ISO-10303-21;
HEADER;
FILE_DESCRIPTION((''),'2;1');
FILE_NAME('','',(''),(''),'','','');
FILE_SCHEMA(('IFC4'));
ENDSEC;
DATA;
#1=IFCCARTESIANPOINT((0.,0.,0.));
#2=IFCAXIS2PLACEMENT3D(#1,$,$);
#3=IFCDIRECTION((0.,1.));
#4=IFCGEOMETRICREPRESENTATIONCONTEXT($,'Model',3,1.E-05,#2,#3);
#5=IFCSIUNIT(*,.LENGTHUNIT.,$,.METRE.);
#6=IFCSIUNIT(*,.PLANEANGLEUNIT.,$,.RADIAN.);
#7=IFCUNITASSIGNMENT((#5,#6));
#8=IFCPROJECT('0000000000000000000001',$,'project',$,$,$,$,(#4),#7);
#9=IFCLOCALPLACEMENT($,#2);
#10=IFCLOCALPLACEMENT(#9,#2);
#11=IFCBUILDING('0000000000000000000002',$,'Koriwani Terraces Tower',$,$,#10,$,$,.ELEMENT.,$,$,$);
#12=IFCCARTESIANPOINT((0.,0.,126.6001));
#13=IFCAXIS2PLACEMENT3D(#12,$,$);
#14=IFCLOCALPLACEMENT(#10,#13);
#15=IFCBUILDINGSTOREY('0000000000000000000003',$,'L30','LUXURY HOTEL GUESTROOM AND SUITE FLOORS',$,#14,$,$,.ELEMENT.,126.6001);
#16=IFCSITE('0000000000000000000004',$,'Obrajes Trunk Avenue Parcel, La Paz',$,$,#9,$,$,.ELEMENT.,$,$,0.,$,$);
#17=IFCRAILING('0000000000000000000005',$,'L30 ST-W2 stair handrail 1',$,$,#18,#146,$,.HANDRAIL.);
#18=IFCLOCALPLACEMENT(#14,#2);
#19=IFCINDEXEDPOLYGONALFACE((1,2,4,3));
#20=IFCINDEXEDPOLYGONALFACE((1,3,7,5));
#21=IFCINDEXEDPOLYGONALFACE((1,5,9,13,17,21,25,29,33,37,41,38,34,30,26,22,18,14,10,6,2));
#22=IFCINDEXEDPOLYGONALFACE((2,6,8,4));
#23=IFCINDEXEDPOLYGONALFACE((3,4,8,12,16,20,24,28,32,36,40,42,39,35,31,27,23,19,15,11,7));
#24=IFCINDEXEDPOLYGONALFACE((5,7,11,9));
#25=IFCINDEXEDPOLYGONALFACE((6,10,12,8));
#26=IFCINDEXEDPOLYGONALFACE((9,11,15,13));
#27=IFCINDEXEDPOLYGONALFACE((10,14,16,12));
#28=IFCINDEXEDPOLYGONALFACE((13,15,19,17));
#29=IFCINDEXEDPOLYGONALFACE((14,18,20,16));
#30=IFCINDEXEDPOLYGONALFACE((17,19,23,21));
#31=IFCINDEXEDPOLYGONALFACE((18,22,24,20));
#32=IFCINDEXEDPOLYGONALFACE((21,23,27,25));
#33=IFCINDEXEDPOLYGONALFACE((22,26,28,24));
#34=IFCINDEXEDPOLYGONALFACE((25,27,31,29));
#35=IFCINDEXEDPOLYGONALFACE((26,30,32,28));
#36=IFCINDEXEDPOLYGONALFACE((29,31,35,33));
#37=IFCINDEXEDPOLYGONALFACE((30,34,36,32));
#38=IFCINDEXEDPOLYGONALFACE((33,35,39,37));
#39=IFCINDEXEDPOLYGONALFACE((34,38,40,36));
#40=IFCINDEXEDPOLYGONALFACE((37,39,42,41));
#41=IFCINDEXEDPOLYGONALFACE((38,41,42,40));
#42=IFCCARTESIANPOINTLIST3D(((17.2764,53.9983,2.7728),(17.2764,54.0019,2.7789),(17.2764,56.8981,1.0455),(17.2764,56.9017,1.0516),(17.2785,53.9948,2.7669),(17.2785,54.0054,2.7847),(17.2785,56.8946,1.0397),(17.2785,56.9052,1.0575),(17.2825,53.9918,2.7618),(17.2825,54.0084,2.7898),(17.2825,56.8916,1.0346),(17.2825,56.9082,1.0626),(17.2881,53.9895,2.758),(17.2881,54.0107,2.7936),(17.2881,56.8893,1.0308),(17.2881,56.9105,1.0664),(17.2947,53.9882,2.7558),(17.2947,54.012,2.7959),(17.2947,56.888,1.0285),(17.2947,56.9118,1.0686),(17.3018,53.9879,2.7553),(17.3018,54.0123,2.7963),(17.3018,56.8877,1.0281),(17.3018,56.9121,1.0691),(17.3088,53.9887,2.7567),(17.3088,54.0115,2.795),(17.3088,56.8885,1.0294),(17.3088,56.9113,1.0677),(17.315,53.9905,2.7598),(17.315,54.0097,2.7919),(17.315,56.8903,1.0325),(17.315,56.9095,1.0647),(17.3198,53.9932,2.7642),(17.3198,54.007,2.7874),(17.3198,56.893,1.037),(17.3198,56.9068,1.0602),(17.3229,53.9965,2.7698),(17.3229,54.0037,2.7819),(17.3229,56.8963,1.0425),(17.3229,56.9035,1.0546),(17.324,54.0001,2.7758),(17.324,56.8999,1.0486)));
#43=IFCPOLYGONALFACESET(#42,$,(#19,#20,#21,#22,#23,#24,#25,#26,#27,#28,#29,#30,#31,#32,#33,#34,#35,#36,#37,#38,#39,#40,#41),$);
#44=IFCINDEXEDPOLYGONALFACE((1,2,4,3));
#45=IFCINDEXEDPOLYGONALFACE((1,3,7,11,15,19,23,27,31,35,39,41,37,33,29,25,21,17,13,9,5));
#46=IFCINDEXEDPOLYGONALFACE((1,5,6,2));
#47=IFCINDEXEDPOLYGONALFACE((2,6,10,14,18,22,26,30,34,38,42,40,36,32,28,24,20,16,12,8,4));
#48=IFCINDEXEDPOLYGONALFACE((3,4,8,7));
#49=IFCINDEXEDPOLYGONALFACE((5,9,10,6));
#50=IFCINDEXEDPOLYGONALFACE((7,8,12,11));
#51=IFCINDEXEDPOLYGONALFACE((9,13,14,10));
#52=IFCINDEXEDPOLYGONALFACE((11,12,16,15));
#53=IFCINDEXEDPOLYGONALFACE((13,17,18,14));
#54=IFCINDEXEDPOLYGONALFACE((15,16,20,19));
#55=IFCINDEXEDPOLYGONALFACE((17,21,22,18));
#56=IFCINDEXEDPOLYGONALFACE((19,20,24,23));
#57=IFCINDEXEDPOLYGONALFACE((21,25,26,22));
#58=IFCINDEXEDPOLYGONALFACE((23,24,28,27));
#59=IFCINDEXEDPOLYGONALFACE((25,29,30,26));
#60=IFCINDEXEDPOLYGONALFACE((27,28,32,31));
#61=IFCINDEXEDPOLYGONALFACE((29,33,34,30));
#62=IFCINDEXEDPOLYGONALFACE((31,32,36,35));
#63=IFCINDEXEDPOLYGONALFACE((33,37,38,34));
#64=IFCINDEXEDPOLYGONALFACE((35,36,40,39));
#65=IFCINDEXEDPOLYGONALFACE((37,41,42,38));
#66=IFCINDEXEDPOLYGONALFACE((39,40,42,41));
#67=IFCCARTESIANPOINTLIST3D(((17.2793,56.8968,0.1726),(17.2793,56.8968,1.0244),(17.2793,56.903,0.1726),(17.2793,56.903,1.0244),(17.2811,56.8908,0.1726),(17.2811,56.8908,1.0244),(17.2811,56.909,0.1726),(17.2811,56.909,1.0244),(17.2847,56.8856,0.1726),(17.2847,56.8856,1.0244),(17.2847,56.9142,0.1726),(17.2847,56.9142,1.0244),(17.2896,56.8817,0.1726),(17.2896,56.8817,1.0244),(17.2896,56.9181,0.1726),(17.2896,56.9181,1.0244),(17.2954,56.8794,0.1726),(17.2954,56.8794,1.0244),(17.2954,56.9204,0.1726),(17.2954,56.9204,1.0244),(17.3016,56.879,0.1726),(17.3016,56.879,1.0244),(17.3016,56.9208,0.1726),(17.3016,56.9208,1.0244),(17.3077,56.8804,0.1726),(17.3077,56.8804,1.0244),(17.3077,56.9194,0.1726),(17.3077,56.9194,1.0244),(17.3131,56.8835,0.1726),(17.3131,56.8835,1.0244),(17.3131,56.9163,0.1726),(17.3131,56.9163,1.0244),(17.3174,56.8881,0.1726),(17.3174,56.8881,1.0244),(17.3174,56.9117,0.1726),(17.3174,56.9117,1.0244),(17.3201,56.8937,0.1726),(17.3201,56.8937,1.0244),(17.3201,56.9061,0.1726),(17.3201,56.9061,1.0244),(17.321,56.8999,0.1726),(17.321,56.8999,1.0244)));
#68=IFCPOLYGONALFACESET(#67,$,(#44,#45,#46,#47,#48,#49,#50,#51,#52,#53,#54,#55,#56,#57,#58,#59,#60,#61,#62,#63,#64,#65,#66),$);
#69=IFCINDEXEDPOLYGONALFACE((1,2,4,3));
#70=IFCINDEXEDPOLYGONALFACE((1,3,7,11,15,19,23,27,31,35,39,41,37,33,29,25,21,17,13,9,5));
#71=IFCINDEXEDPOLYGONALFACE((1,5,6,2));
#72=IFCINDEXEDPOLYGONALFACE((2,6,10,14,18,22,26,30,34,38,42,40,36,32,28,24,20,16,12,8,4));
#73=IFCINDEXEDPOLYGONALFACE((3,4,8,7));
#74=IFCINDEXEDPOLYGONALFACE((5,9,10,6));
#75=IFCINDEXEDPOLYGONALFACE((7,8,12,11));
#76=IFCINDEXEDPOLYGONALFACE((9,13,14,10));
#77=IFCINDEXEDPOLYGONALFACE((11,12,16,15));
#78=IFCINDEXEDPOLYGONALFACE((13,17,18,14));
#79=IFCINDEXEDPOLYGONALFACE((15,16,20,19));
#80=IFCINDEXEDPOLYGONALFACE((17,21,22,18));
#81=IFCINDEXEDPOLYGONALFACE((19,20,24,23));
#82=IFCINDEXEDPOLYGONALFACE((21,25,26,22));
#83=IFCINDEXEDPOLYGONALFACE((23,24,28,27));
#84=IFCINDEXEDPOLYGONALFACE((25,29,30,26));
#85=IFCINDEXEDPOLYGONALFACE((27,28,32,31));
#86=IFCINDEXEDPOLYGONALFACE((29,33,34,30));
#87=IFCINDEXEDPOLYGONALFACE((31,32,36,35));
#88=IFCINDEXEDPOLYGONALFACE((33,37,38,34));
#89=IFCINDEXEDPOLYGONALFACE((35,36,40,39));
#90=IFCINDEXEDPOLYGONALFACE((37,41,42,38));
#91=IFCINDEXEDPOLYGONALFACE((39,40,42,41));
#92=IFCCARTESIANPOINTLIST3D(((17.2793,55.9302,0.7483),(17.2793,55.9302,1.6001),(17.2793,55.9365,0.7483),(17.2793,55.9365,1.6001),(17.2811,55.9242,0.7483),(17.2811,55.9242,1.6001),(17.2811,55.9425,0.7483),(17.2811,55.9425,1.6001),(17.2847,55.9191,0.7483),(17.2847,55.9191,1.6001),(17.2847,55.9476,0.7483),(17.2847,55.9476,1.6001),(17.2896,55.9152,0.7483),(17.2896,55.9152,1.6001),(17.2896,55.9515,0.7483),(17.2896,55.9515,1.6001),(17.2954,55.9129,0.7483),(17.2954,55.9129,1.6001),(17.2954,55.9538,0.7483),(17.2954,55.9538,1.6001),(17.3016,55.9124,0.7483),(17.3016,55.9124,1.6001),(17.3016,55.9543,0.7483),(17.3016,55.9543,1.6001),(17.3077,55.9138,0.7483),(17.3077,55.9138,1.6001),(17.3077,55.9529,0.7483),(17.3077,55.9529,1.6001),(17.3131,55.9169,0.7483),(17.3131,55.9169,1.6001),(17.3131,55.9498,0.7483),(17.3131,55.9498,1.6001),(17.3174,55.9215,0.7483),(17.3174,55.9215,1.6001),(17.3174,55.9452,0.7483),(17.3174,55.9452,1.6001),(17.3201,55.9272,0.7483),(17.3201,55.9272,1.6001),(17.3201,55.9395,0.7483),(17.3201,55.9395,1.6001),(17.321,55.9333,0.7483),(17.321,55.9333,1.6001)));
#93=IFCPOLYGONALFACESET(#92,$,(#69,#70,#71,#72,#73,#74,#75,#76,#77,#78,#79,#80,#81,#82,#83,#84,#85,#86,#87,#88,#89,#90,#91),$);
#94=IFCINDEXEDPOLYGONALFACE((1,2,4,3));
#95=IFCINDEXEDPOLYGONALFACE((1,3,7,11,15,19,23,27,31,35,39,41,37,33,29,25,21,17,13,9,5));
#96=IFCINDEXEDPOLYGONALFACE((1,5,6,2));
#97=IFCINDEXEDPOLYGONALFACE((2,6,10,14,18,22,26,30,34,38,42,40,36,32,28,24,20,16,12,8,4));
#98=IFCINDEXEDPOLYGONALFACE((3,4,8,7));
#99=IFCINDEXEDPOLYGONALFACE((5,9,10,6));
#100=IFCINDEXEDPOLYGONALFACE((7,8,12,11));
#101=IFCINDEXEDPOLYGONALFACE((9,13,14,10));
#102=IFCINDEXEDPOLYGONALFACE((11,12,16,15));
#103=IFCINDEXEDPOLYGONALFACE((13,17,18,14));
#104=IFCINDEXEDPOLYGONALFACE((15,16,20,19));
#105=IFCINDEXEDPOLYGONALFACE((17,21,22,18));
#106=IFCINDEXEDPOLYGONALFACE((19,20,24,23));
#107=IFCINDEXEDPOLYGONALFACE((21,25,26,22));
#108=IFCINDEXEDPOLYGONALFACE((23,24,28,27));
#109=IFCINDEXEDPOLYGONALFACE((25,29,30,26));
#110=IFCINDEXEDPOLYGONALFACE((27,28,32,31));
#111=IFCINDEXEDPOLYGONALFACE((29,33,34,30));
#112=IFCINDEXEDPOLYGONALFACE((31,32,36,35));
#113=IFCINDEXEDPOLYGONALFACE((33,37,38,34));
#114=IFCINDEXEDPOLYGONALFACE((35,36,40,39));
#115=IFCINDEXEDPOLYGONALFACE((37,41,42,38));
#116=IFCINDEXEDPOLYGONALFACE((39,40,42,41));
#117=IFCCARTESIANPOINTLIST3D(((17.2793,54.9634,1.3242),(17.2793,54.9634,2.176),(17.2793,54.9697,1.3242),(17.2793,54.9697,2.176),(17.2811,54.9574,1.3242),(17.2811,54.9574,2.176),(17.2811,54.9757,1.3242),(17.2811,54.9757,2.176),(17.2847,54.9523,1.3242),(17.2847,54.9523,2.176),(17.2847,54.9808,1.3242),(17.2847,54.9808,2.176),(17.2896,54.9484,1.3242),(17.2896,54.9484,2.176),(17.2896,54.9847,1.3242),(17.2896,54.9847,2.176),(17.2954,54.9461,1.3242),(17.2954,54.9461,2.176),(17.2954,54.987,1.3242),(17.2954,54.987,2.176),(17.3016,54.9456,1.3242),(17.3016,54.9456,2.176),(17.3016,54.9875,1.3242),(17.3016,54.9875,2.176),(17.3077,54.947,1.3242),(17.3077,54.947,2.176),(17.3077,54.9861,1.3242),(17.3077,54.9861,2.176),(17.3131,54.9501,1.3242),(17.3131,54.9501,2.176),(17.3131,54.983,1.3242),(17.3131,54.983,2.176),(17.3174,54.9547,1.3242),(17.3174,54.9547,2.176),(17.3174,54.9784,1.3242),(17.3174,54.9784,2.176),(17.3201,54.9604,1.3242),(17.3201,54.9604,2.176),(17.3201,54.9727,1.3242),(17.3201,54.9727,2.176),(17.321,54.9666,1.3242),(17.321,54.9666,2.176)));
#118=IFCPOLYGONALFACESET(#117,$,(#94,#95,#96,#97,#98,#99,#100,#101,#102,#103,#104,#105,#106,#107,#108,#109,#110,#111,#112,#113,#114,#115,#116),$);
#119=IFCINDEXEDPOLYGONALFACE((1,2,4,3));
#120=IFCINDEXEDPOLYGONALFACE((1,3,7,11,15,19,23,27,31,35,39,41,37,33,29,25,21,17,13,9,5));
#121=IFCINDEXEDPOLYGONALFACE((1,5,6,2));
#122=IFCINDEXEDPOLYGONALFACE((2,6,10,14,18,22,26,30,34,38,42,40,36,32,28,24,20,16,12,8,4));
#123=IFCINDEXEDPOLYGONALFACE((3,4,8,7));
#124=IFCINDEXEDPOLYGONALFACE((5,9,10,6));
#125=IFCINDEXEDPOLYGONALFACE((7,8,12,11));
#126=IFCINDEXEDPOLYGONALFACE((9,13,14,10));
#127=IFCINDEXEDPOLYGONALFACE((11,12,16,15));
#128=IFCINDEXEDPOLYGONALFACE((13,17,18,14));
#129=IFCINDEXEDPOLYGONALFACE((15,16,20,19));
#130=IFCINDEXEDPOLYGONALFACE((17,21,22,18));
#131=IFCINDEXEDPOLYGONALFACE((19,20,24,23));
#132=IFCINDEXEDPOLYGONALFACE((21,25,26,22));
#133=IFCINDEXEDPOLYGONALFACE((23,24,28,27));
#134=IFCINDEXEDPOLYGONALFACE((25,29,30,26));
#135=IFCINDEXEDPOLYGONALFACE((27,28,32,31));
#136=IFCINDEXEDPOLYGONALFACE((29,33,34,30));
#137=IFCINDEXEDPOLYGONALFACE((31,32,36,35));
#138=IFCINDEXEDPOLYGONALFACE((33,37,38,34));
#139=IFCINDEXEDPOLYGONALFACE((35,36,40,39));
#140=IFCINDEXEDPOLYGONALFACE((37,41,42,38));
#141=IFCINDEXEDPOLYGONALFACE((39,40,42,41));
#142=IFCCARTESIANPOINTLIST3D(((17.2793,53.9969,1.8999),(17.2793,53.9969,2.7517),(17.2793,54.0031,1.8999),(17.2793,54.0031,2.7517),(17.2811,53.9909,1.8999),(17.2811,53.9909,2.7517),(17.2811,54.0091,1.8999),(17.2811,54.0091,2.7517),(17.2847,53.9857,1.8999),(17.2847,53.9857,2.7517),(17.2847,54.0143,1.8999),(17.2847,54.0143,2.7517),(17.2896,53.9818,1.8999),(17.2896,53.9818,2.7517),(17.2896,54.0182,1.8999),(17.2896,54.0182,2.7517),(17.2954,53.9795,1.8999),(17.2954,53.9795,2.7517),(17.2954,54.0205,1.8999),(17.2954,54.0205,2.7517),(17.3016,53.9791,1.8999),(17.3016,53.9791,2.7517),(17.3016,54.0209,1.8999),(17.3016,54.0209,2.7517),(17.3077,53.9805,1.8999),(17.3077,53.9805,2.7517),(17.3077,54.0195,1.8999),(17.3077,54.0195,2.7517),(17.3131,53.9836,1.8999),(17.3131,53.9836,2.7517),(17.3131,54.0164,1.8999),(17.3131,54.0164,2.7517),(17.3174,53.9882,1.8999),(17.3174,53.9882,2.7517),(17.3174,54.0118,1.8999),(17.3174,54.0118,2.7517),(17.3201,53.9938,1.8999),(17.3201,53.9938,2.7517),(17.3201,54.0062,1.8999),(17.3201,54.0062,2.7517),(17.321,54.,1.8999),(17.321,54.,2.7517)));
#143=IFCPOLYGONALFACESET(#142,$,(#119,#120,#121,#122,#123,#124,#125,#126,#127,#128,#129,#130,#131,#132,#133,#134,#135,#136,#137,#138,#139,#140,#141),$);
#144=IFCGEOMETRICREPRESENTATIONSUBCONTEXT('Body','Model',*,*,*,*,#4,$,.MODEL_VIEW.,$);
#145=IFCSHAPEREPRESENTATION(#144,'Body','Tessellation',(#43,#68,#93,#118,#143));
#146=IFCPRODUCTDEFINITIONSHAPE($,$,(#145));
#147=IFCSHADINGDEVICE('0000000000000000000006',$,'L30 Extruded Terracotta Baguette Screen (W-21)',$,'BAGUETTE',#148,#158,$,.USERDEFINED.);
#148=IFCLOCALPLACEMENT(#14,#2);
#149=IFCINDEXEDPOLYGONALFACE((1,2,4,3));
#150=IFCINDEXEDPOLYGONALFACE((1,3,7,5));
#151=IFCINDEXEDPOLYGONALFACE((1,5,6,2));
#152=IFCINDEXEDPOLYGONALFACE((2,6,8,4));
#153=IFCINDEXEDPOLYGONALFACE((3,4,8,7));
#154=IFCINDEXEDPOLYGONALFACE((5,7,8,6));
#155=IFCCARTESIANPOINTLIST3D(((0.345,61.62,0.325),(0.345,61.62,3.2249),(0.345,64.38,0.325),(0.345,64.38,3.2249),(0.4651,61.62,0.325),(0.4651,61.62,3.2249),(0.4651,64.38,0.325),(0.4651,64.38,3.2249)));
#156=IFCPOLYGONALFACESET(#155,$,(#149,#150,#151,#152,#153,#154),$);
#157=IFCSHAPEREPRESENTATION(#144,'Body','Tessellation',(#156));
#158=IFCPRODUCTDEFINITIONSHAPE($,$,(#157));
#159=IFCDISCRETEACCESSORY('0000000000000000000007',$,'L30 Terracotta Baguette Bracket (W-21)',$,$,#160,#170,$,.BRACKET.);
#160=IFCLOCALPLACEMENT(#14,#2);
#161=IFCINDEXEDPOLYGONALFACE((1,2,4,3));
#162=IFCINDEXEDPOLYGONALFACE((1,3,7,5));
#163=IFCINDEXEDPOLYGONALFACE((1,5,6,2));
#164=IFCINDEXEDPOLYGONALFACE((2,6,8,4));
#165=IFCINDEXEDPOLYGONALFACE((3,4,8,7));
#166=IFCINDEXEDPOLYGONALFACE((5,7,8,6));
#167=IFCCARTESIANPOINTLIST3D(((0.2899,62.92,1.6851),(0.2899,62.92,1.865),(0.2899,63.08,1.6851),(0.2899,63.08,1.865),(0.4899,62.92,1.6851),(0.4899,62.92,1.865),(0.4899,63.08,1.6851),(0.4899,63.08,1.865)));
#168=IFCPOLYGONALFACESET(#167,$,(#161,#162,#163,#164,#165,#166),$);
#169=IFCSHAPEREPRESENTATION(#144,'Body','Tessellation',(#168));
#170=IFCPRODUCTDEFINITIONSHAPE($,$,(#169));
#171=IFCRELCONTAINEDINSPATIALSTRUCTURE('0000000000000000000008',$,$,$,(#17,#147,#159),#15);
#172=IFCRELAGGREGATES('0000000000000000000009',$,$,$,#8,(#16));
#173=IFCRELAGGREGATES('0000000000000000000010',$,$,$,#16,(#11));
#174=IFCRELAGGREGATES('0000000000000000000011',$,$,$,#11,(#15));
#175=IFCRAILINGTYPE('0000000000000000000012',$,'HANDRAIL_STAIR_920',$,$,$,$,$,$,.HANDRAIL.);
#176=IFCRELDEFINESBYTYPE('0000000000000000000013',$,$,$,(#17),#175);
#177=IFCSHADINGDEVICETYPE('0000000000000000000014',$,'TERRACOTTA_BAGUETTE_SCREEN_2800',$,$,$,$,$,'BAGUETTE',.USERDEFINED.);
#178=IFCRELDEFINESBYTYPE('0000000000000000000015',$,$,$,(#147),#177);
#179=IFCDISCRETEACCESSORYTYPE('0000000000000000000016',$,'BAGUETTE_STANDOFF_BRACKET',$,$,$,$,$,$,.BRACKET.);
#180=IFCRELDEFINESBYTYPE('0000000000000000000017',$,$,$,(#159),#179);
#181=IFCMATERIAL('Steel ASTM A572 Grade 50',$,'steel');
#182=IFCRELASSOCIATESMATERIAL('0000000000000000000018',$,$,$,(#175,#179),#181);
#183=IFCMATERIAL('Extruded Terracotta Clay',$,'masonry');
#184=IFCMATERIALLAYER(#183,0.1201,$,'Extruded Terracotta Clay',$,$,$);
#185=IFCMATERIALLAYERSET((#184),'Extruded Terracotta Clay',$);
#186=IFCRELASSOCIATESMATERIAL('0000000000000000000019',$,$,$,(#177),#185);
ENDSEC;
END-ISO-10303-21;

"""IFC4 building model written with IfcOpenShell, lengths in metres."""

from ifc_helpers import new_model, si_unit, direction, frame, origin, origin_2d, place, context, subcontext, project, spatial, rectangle, circle, extrude, material, layer, layer_set, type_object, element, save


model = new_model("IFC4")

# Units and contexts
model_context = context("Model", 3, precision=1e-05, world=origin(), true_north=direction((0.0, 1.0)))
body_context = subcontext(model_context, "Body", "Model", "MODEL_VIEW")
ifc_project = project(units=[si_unit("LENGTHUNIT", "METRE"), si_unit("PLANEANGLEUNIT", "RADIAN")], contexts=[model_context])

# Site, building, storey
site_placement = place(None, origin())
site = spatial("IfcSite", under=ifc_project, at=site_placement, Name="Obrajes Trunk Avenue Parcel, La Paz", CompositionType="ELEMENT", RefElevation=0.0)
building_placement = place(site_placement, origin())
building = spatial("IfcBuilding", under=site, at=building_placement, Name="Koriwani Terraces Tower", CompositionType="ELEMENT")
storey_placement = place(building_placement, frame((0.0, 0.0, 126.6001)))
storey = spatial("IfcBuildingStorey", under=building, at=storey_placement, Name="L30", Description="LUXURY HOTEL GUESTROOM AND SUITE FLOORS", CompositionType="ELEMENT", Elevation=126.6001)

# Shared definitions
ifc_material_1 = material(Name="Steel ASTM A572 Grade 50", Category="steel")

# Railing
railing_type = type_object("IfcRailingType", Name="HANDRAIL_STAIR_920", PredefinedType="HANDRAIL", material=ifc_material_1)
railing_placement = place(storey_placement, frame((17.3, 56.8999, 0.1726)))
element("IfcRailing", 1, at=railing_placement, inside=storey, type_object=railing_type, Name="L30 ST-W2 stair handrail 1", PredefinedType="HANDRAIL", context=body_context, shape_type="SweptSolid", body=[
    extrude(circle(Radius=0.0239, at=origin_2d()), frame((0.0, 0.0, 0.876), z_axis=(0.0, -0.859141, 0.511738), x_axis=(1.0, 0.0, 0.0)), (0.0, 0.0, 1.0), 3.3752),
    extrude(circle(Radius=0.021, at=origin_2d()), origin(), (0.0, 0.0, 1.0), 0.8518),
    extrude(circle(Radius=0.021, at=origin_2d()), frame((0.0, -0.9666, 0.5757)), (0.0, 0.0, 1.0), 0.8518),
    extrude(circle(Radius=0.021, at=origin_2d()), frame((0.0, -1.9333, 1.1516)), (0.0, 0.0, 1.0), 0.8518),
    extrude(circle(Radius=0.021, at=origin_2d()), frame((0.0, -2.8999, 1.7273)), (0.0, 0.0, 1.0), 0.8518),
])

# Shading device
ifc_material_2 = material(Name="Extruded Terracotta Clay", Category="masonry")
ifc_layer_1 = layer(ifc_material_2, 0.1201, Name="Extruded Terracotta Clay")
ifc_layer_set_1 = layer_set([ifc_layer_1], Name="Extruded Terracotta Clay")
shading_device_type = type_object("IfcShadingDeviceType", Name="TERRACOTTA_BAGUETTE_SCREEN_2800", ElementType="BAGUETTE", PredefinedType="USERDEFINED", material=ifc_layer_set_1)
shading_device_placement = place(storey_placement, frame((0.405, 63.0, 0.325), z_axis=(0.0, 0.0, 1.0), x_axis=(0.0, 1.0, 0.0)))
element("IfcShadingDevice", 2, at=shading_device_placement, inside=storey, type_object=shading_device_type, Name="L30 Extruded Terracotta Baguette Screen (W-21)", ObjectType="BAGUETTE", PredefinedType="USERDEFINED", context=body_context, shape_type="SweptSolid", body=[
    extrude(rectangle(XDim=2.76, YDim=0.1201, at=origin_2d()), origin(), (0.0, 0.0, 1.0), 2.8999),
])

# Discrete accessory
discrete_accessory_type = type_object("IfcDiscreteAccessoryType", Name="BAGUETTE_STANDOFF_BRACKET", PredefinedType="BRACKET", material=ifc_material_1)
discrete_accessory_placement = place(storey_placement, frame((0.3899, 63.0, 1.6851), z_axis=(0.0, 0.0, 1.0), x_axis=(0.0, 1.0, 0.0)))
element("IfcDiscreteAccessory", 3, at=discrete_accessory_placement, inside=storey, type_object=discrete_accessory_type, Name="L30 Terracotta Baguette Bracket (W-21)", PredefinedType="BRACKET", context=body_context, shape_type="SweptSolid", body=[
    extrude(rectangle(XDim=0.1599, YDim=0.2, at=origin_2d()), origin(), (0.0, 0.0, 1.0), 0.1799),
])

save(model, "model.ifc")
